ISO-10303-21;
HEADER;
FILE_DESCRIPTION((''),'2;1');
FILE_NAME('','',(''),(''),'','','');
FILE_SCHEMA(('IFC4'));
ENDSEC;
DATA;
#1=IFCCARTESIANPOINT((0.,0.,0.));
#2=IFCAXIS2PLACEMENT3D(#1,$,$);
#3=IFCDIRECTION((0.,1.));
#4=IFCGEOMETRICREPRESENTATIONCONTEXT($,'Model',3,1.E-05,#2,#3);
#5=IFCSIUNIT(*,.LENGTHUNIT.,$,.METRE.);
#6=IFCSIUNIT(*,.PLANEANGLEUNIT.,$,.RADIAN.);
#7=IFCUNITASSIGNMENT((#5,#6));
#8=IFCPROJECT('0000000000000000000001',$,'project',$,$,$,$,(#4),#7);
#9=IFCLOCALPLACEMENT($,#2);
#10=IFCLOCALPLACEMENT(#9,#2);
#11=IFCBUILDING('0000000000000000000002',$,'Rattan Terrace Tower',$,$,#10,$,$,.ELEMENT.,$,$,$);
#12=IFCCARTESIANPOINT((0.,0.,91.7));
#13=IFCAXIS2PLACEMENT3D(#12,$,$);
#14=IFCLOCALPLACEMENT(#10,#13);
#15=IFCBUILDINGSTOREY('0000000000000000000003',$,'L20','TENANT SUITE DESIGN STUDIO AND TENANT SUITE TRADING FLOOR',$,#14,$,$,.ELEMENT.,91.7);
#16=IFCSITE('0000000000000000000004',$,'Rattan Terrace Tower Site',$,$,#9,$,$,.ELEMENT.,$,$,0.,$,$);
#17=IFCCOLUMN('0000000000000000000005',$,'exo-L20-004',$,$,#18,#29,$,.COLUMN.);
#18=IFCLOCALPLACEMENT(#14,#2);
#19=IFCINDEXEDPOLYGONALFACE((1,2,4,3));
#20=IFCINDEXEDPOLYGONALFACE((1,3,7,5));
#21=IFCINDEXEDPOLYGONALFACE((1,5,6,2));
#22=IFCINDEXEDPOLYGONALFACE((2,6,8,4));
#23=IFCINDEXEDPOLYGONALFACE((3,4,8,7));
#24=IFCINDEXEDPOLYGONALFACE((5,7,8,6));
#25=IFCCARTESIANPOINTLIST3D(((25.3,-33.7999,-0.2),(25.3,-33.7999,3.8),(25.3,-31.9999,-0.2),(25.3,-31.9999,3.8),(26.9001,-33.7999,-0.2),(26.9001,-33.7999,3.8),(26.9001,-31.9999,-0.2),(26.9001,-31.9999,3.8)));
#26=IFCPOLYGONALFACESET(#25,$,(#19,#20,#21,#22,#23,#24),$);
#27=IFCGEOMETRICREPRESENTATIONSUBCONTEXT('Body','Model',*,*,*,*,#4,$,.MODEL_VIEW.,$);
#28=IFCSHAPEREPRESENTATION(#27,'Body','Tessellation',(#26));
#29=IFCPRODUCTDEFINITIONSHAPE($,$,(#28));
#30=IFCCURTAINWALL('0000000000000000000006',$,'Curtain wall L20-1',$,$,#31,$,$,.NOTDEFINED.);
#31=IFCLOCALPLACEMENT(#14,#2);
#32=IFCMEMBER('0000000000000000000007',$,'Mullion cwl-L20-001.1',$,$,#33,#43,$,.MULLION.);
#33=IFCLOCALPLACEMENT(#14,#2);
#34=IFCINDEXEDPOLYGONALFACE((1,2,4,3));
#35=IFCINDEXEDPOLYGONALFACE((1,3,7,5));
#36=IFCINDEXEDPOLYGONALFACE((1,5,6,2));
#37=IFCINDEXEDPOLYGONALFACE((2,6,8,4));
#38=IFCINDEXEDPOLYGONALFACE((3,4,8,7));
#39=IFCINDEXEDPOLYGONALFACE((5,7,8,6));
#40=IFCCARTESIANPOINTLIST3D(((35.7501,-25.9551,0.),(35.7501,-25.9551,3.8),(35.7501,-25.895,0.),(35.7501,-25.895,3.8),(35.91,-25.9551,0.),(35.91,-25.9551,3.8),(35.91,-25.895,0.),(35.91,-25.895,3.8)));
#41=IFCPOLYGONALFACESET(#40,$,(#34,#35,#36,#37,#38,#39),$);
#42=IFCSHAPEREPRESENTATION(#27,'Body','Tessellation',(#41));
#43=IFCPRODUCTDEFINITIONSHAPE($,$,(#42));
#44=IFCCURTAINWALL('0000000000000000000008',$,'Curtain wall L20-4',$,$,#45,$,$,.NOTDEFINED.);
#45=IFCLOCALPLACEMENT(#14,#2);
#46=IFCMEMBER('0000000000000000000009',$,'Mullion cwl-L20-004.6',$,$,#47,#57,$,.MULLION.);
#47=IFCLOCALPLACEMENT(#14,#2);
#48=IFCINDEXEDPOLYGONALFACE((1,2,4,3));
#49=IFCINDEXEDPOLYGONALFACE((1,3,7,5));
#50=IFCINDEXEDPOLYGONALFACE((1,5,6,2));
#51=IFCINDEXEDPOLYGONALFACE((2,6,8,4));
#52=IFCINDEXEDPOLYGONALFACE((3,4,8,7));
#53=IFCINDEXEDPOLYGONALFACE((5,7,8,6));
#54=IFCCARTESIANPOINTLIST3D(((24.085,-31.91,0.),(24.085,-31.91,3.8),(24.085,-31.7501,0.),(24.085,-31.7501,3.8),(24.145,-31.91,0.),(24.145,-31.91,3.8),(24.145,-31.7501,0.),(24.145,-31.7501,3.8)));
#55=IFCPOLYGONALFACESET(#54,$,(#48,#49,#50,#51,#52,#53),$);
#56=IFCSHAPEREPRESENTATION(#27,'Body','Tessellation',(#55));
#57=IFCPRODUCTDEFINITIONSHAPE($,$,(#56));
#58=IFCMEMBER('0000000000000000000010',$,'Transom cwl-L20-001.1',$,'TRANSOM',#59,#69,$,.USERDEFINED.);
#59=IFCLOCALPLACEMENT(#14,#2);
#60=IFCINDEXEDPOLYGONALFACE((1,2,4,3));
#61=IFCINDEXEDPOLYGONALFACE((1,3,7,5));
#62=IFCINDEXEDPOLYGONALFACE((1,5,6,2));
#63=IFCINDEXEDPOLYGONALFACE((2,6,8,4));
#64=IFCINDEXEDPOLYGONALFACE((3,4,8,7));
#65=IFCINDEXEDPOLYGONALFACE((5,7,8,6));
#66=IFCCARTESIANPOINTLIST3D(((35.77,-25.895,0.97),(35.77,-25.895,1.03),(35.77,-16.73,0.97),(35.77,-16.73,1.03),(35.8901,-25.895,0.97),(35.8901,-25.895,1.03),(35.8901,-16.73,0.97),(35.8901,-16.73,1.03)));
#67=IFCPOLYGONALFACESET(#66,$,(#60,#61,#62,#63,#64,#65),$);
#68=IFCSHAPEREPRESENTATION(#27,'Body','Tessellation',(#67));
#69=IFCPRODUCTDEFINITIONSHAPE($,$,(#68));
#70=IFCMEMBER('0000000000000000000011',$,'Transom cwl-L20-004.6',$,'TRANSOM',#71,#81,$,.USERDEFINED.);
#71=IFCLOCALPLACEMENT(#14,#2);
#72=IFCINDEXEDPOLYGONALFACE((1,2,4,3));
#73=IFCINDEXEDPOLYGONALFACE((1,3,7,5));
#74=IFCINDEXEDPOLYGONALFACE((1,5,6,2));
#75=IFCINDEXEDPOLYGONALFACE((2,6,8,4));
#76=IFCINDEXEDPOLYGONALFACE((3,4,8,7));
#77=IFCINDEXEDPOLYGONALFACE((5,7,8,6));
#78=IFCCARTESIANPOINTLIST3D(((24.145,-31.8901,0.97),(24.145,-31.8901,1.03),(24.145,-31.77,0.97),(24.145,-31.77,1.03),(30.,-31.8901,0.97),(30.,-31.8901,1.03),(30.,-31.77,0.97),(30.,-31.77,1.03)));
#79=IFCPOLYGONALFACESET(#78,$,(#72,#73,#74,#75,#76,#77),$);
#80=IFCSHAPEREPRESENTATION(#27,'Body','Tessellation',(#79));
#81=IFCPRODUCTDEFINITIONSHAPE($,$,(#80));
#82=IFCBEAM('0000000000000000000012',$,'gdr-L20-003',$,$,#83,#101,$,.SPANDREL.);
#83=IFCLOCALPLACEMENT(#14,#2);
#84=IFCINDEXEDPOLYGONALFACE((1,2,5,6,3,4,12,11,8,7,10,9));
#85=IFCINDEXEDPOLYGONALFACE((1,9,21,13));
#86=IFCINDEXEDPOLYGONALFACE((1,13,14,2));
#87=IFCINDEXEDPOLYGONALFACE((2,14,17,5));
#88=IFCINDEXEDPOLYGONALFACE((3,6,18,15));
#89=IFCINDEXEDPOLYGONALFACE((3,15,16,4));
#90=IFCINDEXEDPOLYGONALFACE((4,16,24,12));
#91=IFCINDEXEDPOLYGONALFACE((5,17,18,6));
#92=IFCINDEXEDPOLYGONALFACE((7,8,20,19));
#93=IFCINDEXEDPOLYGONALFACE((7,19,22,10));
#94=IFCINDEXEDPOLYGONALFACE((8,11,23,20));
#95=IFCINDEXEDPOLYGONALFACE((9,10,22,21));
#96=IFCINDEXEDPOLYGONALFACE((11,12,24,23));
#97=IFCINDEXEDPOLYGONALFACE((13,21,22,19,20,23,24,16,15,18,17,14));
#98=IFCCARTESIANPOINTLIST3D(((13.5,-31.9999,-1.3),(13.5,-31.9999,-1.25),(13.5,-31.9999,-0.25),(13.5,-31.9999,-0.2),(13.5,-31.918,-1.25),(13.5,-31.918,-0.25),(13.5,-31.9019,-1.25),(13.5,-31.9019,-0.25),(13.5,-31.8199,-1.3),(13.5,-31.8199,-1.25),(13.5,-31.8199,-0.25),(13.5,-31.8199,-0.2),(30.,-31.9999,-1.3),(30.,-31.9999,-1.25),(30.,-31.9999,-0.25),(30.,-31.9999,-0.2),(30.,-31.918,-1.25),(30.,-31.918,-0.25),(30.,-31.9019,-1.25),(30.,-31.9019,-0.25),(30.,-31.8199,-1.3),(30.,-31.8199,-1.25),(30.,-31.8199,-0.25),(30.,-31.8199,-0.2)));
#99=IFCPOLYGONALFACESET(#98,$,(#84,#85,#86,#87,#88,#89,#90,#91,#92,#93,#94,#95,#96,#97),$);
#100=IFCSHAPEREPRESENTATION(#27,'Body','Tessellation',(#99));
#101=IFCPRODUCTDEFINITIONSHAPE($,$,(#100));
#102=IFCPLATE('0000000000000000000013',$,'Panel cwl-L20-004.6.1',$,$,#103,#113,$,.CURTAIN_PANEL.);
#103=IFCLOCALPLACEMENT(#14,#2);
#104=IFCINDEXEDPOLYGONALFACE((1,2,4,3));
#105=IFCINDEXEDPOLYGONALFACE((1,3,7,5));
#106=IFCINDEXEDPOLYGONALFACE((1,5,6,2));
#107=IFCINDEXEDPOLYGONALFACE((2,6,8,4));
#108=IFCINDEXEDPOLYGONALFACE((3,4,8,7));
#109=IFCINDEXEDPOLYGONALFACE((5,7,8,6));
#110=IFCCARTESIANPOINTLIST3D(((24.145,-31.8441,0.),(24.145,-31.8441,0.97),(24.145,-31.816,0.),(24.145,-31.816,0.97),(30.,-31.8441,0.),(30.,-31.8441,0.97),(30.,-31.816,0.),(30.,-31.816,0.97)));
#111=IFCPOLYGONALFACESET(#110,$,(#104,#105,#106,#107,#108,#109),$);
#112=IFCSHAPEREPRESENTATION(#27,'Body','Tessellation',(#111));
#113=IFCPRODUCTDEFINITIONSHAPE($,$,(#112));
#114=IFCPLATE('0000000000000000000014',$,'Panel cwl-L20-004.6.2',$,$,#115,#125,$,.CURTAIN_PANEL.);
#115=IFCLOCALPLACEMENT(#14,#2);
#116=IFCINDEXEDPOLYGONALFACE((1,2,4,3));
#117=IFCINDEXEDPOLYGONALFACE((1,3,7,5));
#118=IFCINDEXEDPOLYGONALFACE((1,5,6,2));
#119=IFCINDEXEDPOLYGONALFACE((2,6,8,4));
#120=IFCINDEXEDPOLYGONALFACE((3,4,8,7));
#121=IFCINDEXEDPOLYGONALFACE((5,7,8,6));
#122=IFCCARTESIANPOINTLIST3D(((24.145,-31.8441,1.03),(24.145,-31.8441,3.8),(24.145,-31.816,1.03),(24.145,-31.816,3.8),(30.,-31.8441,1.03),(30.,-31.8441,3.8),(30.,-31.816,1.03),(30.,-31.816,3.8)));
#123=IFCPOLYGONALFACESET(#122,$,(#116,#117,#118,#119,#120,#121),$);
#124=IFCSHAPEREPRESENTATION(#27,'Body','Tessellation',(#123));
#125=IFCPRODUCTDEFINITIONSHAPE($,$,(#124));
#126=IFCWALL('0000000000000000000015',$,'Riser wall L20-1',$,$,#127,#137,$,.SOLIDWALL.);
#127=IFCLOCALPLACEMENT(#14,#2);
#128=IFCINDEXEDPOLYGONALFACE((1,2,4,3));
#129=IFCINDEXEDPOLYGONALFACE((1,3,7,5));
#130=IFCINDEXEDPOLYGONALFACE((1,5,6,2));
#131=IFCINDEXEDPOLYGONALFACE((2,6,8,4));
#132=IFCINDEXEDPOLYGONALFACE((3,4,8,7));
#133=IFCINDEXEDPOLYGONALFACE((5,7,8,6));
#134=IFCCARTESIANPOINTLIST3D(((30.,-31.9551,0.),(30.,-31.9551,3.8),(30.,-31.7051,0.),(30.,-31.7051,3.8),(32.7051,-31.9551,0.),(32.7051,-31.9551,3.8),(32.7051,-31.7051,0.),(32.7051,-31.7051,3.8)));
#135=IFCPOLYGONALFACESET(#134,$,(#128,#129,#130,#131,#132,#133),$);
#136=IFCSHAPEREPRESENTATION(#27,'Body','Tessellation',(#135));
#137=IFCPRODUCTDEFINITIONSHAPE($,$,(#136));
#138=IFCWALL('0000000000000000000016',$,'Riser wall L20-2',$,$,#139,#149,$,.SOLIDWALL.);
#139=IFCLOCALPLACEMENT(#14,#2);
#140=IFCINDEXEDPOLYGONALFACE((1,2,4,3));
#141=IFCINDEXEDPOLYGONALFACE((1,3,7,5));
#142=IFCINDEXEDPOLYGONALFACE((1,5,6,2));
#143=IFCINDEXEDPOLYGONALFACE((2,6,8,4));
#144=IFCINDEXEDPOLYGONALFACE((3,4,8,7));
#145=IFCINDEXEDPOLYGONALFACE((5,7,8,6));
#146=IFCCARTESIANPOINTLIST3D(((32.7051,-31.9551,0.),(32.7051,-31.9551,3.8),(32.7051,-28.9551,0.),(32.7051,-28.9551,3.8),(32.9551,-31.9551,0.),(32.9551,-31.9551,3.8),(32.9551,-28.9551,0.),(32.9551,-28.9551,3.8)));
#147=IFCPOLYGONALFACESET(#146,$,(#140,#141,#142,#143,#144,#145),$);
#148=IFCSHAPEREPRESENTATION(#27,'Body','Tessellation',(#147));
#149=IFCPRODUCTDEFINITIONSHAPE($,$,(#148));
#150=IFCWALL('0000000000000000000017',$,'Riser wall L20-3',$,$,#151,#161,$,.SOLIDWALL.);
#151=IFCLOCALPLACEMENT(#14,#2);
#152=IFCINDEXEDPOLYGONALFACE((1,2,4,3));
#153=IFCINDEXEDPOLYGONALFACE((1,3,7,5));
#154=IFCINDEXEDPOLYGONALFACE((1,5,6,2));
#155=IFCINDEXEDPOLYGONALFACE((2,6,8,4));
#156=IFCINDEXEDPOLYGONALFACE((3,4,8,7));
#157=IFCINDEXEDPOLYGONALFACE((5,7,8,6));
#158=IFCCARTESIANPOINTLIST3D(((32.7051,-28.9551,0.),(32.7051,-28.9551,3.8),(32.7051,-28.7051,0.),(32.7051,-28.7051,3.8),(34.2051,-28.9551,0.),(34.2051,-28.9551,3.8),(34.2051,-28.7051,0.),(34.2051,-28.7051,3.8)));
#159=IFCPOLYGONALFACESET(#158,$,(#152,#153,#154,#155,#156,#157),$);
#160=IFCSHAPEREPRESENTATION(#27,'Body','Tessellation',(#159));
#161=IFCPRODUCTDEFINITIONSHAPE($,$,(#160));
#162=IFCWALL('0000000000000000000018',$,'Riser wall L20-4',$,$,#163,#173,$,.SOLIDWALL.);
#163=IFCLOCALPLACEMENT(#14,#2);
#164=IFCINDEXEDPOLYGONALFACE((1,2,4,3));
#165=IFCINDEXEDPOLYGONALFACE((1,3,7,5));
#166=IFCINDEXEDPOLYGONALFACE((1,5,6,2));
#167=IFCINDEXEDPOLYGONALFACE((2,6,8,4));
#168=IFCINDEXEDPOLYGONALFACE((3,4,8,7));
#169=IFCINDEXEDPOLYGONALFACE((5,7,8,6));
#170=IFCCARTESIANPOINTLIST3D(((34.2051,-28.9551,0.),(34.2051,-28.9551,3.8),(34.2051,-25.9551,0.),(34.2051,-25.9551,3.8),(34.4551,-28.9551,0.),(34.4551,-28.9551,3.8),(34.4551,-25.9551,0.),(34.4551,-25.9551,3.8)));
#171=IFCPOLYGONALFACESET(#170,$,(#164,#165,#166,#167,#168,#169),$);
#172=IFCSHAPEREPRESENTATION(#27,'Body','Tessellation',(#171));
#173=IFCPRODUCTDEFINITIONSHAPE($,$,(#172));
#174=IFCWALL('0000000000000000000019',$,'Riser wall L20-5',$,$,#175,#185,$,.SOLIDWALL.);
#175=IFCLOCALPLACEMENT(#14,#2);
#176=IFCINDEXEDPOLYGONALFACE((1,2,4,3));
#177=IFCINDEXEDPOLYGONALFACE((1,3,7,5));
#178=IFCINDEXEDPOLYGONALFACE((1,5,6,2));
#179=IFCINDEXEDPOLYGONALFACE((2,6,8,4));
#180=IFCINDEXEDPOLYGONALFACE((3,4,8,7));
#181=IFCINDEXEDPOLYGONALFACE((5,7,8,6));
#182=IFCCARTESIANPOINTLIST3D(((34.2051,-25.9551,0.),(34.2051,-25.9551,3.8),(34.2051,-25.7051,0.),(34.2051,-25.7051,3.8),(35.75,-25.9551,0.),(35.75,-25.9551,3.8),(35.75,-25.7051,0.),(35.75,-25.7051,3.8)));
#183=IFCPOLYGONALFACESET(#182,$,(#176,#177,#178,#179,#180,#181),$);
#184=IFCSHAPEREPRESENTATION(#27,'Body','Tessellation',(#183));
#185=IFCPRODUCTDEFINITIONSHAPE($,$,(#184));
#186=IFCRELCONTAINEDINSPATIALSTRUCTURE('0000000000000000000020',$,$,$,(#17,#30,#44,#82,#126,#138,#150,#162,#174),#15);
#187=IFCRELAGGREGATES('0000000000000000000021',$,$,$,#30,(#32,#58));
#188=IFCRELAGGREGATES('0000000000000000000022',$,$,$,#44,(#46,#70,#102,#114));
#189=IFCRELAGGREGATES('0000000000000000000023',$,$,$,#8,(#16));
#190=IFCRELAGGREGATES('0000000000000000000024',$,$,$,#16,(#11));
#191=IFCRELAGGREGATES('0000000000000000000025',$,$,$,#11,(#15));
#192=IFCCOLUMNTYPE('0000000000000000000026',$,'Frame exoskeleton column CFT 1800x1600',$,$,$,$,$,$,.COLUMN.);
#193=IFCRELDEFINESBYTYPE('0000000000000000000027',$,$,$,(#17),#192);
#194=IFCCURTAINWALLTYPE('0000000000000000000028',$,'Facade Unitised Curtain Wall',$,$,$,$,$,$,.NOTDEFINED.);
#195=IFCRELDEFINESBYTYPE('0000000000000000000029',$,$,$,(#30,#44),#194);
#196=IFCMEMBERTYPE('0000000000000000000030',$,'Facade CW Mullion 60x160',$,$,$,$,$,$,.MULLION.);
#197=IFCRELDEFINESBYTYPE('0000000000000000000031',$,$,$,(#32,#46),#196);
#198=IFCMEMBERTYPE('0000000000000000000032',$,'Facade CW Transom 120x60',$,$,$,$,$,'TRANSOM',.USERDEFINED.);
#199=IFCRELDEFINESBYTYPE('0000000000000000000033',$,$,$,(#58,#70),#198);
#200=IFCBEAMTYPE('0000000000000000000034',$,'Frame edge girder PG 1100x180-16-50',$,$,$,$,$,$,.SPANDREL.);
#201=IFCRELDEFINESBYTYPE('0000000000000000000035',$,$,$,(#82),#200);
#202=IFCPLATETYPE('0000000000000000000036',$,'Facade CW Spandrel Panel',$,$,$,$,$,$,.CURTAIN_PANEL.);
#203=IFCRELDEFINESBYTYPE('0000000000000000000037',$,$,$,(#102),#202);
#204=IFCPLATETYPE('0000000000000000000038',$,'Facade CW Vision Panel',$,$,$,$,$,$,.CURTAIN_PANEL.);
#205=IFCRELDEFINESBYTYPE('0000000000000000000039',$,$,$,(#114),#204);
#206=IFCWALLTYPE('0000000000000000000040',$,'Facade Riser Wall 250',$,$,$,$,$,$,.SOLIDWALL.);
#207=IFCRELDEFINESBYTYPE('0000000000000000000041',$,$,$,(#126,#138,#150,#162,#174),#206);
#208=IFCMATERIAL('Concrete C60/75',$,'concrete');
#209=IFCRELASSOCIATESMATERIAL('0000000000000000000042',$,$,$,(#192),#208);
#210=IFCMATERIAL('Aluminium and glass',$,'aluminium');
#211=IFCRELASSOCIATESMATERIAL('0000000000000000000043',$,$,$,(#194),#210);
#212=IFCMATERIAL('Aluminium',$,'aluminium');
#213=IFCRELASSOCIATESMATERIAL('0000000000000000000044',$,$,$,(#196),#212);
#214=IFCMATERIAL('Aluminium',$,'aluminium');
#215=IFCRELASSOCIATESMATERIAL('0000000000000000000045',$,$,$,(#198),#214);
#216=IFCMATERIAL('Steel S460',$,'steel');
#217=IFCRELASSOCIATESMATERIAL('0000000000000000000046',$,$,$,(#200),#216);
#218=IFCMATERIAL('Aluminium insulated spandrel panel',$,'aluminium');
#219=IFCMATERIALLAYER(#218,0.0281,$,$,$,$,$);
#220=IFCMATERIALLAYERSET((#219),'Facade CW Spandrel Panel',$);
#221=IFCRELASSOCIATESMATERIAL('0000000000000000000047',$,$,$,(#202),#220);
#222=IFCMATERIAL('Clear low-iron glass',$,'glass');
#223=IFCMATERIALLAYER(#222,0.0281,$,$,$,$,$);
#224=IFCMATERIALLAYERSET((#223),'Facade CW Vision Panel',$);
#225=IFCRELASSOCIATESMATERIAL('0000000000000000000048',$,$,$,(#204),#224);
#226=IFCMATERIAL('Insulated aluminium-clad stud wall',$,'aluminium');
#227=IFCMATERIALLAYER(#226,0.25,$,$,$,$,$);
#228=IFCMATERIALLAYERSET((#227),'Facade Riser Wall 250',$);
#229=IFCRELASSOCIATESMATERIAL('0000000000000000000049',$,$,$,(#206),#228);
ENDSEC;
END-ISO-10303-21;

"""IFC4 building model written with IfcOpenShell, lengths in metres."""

from ifc_helpers import new_model, si_unit, direction, frame, frame_2d, origin, origin_2d, place, context, subcontext, project, spatial, rectangle, i_section, extrude, material, layer, layer_set, material_profile, profile_set, type_object, element, aggregate, save


model = new_model("IFC4")

# Units and contexts
model_context = context("Model", 3, precision=1e-05, world=origin(), true_north=direction((0.0, 1.0)))
body_context = subcontext(model_context, "Body", "Model", "MODEL_VIEW")
ifc_project = project(units=[si_unit("LENGTHUNIT", "METRE"), si_unit("PLANEANGLEUNIT", "RADIAN")], contexts=[model_context])

# Site, building, storey
site_placement = place(None, origin())
site = spatial("IfcSite", under=ifc_project, at=site_placement, Name="Rattan Terrace Tower Site", CompositionType="ELEMENT", RefElevation=0.0)
building_placement = place(site_placement, origin())
building = spatial("IfcBuilding", under=site, at=building_placement, Name="Rattan Terrace Tower", CompositionType="ELEMENT")
storey_placement = place(building_placement, frame((0.0, 0.0, 91.7)))
storey = spatial("IfcBuildingStorey", under=building, at=storey_placement, Name="L20", Description="TENANT SUITE DESIGN STUDIO AND TENANT SUITE TRADING FLOOR", CompositionType="ELEMENT", Elevation=91.7)

# Column
ifc_material_1 = material(Name="Concrete C60/75", Category="concrete")
ifc_material_profile_1 = material_profile(ifc_material_1, rectangle(XDim=1.6001, YDim=1.8, at=origin_2d()), Name="CFT 1800x1600")
ifc_profile_set_1 = profile_set([ifc_material_profile_1], Name="Concrete C60/75")
column_type = type_object("IfcColumnType", Name="Frame exoskeleton column CFT 1800x1600", PredefinedType="COLUMN", material=ifc_profile_set_1)
column_placement = place(storey_placement, frame((26.1001, -32.8999, -0.2), z_axis=(0.0, 0.0, 1.0), x_axis=(1.0, 0.0, 0.0)))
element("IfcColumn", 1, at=column_placement, inside=storey, type_object=column_type, Name="exo-L20-004", PredefinedType="COLUMN", context=body_context, shape_type="SweptSolid", body=[
    extrude(rectangle(XDim=1.6001, YDim=1.8, at=origin_2d()), origin(), (0.0, 0.0, 1.0), 4.0),
])

# Curtain walls, members
ifc_material_2 = material(Name="Aluminium and glass", Category="aluminium")
curtain_wall_type = type_object("IfcCurtainWallType", Name="Facade Unitised Curtain Wall", PredefinedType="NOTDEFINED", material=ifc_material_2)
curtain_wall_1_placement = place(storey_placement, origin())
curtain_wall_1 = element("IfcCurtainWall", 2, at=curtain_wall_1_placement, inside=storey, type_object=curtain_wall_type, Name="Curtain wall L20-1", PredefinedType="NOTDEFINED")
ifc_material_3 = material(Name="Aluminium", Category="aluminium")
ifc_material_profile_2 = material_profile(ifc_material_3, rectangle(XDim=0.0601, YDim=0.1599, at=origin_2d()), Name="Aluminium 60x160")
ifc_profile_set_2 = profile_set([ifc_material_profile_2], Name="Aluminium")
member_type_1 = type_object("IfcMemberType", Name="Facade CW Mullion 60x160", PredefinedType="MULLION", material=ifc_profile_set_2)
member_1_placement = place(storey_placement, frame((35.8301, -25.925, 0.0), z_axis=(0.0, 0.0, 1.0), x_axis=(0.0, 1.0, 0.0)))
member_1 = element("IfcMember", 3, at=member_1_placement, type_object=member_type_1, Name="Mullion cwl-L20-001.1", PredefinedType="MULLION", context=body_context, shape_type="SweptSolid", body=[
    extrude(rectangle(XDim=0.0601, YDim=0.1599, at=origin_2d()), origin(), (0.0, 0.0, 1.0), 3.8),
])
curtain_wall_2_placement = place(storey_placement, origin())
curtain_wall_2 = element("IfcCurtainWall", 4, at=curtain_wall_2_placement, inside=storey, type_object=curtain_wall_type, Name="Curtain wall L20-4", PredefinedType="NOTDEFINED")
member_2_placement = place(storey_placement, frame((24.115, -31.8301, 0.0), z_axis=(0.0, 0.0, 1.0), x_axis=(1.0, 0.0, 0.0)))
member_2 = element("IfcMember", 5, at=member_2_placement, type_object=member_type_1, Name="Mullion cwl-L20-004.6", PredefinedType="MULLION", context=body_context, shape_type="SweptSolid", body=[
    extrude(rectangle(XDim=0.0601, YDim=0.1599, at=origin_2d()), origin(), (0.0, 0.0, 1.0), 3.8),
])

# Members
ifc_material_4 = material(Name="Aluminium", Category="aluminium")
ifc_material_profile_3 = material_profile(ifc_material_4, rectangle(XDim=0.1201, YDim=0.0601, at=origin_2d()), Name="Aluminium 120x60")
ifc_profile_set_3 = profile_set([ifc_material_profile_3], Name="Aluminium")
member_type_2 = type_object("IfcMemberType", Name="Facade CW Transom 120x60", ElementType="TRANSOM", PredefinedType="USERDEFINED", material=ifc_profile_set_3)
member_3_placement = place(storey_placement, frame((35.8301, -25.895, 1.0), z_axis=(0.0, 1.0, 0.0), x_axis=(-1.0, 0.0, 0.0)))
member_3 = element("IfcMember", 6, at=member_3_placement, type_object=member_type_2, Name="Transom cwl-L20-001.1", ObjectType="TRANSOM", PredefinedType="USERDEFINED", context=body_context, shape_type="SweptSolid", body=[
    extrude(rectangle(XDim=0.1201, YDim=0.0601, at=origin_2d()), origin(), (0.0, 0.0, 1.0), 9.165),
])
aggregate(curtain_wall_1, [member_1, member_3])
member_4_placement = place(storey_placement, frame((24.145, -31.8301, 1.0), z_axis=(1.0, 0.0, 0.0), x_axis=(0.0, 1.0, 0.0)))
member_4 = element("IfcMember", 7, at=member_4_placement, type_object=member_type_2, Name="Transom cwl-L20-004.6", ObjectType="TRANSOM", PredefinedType="USERDEFINED", context=body_context, shape_type="SweptSolid", body=[
    extrude(rectangle(XDim=0.1201, YDim=0.0601, at=origin_2d()), origin(), (0.0, 0.0, 1.0), 5.855),
])

# Beam
ifc_material_5 = material(Name="Steel S460", Category="steel")
ifc_material_profile_4 = material_profile(ifc_material_5, i_section(OverallWidth=0.1799, OverallDepth=1.1001, WebThickness=0.0161, FlangeThickness=0.05, at=origin_2d()), Name="PG 1100x180-16-50")
ifc_profile_set_4 = profile_set([ifc_material_profile_4], Name="Steel S460")
beam_type = type_object("IfcBeamType", Name="Frame edge girder PG 1100x180-16-50", PredefinedType="SPANDREL", material=ifc_profile_set_4)
beam_placement = place(storey_placement, frame((30.0, -31.9099, -0.75), z_axis=(-1.0, 0.0, 0.0), x_axis=(0.0, -1.0, 0.0)))
element("IfcBeam", 8, at=beam_placement, inside=storey, type_object=beam_type, Name="gdr-L20-003", PredefinedType="SPANDREL", context=body_context, shape_type="SweptSolid", body=[
    extrude(i_section(OverallWidth=0.1799, OverallDepth=1.1001, WebThickness=0.0161, FlangeThickness=0.05, at=origin_2d()), origin(), (0.0, 0.0, 1.0), 16.5),
])

# Plates
ifc_material_6 = material(Name="Aluminium insulated spandrel panel", Category="aluminium")
ifc_layer_1 = layer(ifc_material_6, 0.0281)
ifc_layer_set_1 = layer_set([ifc_layer_1], Name="Facade CW Spandrel Panel")
plate_type_1 = type_object("IfcPlateType", Name="Facade CW Spandrel Panel", PredefinedType="CURTAIN_PANEL", material=ifc_layer_set_1)
plate_1_placement = place(storey_placement, frame((27.0725, -31.8301, 0.0), z_axis=(0.0, 0.0, 1.0), x_axis=(1.0, 0.0, 0.0)))
plate_1 = element("IfcPlate", 9, at=plate_1_placement, type_object=plate_type_1, Name="Panel cwl-L20-004.6.1", PredefinedType="CURTAIN_PANEL", context=body_context, shape_type="SweptSolid", body=[
    extrude(rectangle(XDim=5.855, YDim=0.0281, at=origin_2d()), origin(), (0.0, 0.0, 1.0), 0.97),
])
ifc_material_7 = material(Name="Clear low-iron glass", Category="glass")
ifc_layer_2 = layer(ifc_material_7, 0.0281)
ifc_layer_set_2 = layer_set([ifc_layer_2], Name="Facade CW Vision Panel")
plate_type_2 = type_object("IfcPlateType", Name="Facade CW Vision Panel", PredefinedType="CURTAIN_PANEL", material=ifc_layer_set_2)
plate_2_placement = place(storey_placement, frame((27.0725, -31.8301, 1.03), z_axis=(0.0, 0.0, 1.0), x_axis=(1.0, 0.0, 0.0)))
plate_2 = element("IfcPlate", 10, at=plate_2_placement, type_object=plate_type_2, Name="Panel cwl-L20-004.6.2", PredefinedType="CURTAIN_PANEL", context=body_context, shape_type="SweptSolid", body=[
    extrude(rectangle(XDim=5.855, YDim=0.0281, at=origin_2d()), origin(), (0.0, 0.0, 1.0), 2.77),
])
aggregate(curtain_wall_2, [member_2, member_4, plate_1, plate_2])

# Walls
ifc_material_8 = material(Name="Insulated aluminium-clad stud wall", Category="aluminium")
ifc_layer_3 = layer(ifc_material_8, 0.25)
ifc_layer_set_3 = layer_set([ifc_layer_3], Name="Facade Riser Wall 250")
wall_type_1 = type_object("IfcWallType", Name="Facade Riser Wall 250", PredefinedType="SOLIDWALL", material=ifc_layer_set_3)
wall_1_placement = place(storey_placement, frame((30.0, -31.8301, 0.0), z_axis=(0.0, 0.0, 1.0), x_axis=(1.0, 0.0, 0.0)))
element("IfcWall", 11, at=wall_1_placement, inside=storey, type_object=wall_type_1, Name="Riser wall L20-1", PredefinedType="SOLIDWALL", context=body_context, shape_type="SweptSolid", body=[
    extrude(rectangle(XDim=2.7051, YDim=0.25, at=frame_2d((1.3525, 0.0))), origin(), (0.0, 0.0, 1.0), 3.8),
])
wall_2_placement = place(storey_placement, frame((32.8301, -31.9551, 0.0), z_axis=(0.0, 0.0, 1.0), x_axis=(0.0, 1.0, 0.0)))
element("IfcWall", 12, at=wall_2_placement, inside=storey, type_object=wall_type_1, Name="Riser wall L20-2", PredefinedType="SOLIDWALL", context=body_context, shape_type="SweptSolid", body=[
    extrude(rectangle(XDim=3.0, YDim=0.25, at=frame_2d((1.5, 0.0))), origin(), (0.0, 0.0, 1.0), 3.8),
])
wall_3_placement = place(storey_placement, frame((32.7051, -28.8301, 0.0), z_axis=(0.0, 0.0, 1.0), x_axis=(1.0, 0.0, 0.0)))
element("IfcWall", 13, at=wall_3_placement, inside=storey, type_object=wall_type_1, Name="Riser wall L20-3", PredefinedType="SOLIDWALL", context=body_context, shape_type="SweptSolid", body=[
    extrude(rectangle(XDim=1.5, YDim=0.25, at=frame_2d((0.75, 0.0))), origin(), (0.0, 0.0, 1.0), 3.8),
])
wall_4_placement = place(storey_placement, frame((34.3301, -28.9551, 0.0), z_axis=(0.0, 0.0, 1.0), x_axis=(0.0, 1.0, 0.0)))
element("IfcWall", 14, at=wall_4_placement, inside=storey, type_object=wall_type_1, Name="Riser wall L20-4", PredefinedType="SOLIDWALL", context=body_context, shape_type="SweptSolid", body=[
    extrude(rectangle(XDim=3.0, YDim=0.25, at=frame_2d((1.5, 0.0))), origin(), (0.0, 0.0, 1.0), 3.8),
])
wall_5_placement = place(storey_placement, frame((34.2051, -25.8301, 0.0), z_axis=(0.0, 0.0, 1.0), x_axis=(1.0, 0.0, 0.0)))
element("IfcWall", 15, at=wall_5_placement, inside=storey, type_object=wall_type_1, Name="Riser wall L20-5", PredefinedType="SOLIDWALL", context=body_context, shape_type="SweptSolid", body=[
    extrude(rectangle(XDim=1.5449, YDim=0.25, at=frame_2d((0.7725, 0.0))), origin(), (0.0, 0.0, 1.0), 3.8),
])

save(model, "model.ifc")
